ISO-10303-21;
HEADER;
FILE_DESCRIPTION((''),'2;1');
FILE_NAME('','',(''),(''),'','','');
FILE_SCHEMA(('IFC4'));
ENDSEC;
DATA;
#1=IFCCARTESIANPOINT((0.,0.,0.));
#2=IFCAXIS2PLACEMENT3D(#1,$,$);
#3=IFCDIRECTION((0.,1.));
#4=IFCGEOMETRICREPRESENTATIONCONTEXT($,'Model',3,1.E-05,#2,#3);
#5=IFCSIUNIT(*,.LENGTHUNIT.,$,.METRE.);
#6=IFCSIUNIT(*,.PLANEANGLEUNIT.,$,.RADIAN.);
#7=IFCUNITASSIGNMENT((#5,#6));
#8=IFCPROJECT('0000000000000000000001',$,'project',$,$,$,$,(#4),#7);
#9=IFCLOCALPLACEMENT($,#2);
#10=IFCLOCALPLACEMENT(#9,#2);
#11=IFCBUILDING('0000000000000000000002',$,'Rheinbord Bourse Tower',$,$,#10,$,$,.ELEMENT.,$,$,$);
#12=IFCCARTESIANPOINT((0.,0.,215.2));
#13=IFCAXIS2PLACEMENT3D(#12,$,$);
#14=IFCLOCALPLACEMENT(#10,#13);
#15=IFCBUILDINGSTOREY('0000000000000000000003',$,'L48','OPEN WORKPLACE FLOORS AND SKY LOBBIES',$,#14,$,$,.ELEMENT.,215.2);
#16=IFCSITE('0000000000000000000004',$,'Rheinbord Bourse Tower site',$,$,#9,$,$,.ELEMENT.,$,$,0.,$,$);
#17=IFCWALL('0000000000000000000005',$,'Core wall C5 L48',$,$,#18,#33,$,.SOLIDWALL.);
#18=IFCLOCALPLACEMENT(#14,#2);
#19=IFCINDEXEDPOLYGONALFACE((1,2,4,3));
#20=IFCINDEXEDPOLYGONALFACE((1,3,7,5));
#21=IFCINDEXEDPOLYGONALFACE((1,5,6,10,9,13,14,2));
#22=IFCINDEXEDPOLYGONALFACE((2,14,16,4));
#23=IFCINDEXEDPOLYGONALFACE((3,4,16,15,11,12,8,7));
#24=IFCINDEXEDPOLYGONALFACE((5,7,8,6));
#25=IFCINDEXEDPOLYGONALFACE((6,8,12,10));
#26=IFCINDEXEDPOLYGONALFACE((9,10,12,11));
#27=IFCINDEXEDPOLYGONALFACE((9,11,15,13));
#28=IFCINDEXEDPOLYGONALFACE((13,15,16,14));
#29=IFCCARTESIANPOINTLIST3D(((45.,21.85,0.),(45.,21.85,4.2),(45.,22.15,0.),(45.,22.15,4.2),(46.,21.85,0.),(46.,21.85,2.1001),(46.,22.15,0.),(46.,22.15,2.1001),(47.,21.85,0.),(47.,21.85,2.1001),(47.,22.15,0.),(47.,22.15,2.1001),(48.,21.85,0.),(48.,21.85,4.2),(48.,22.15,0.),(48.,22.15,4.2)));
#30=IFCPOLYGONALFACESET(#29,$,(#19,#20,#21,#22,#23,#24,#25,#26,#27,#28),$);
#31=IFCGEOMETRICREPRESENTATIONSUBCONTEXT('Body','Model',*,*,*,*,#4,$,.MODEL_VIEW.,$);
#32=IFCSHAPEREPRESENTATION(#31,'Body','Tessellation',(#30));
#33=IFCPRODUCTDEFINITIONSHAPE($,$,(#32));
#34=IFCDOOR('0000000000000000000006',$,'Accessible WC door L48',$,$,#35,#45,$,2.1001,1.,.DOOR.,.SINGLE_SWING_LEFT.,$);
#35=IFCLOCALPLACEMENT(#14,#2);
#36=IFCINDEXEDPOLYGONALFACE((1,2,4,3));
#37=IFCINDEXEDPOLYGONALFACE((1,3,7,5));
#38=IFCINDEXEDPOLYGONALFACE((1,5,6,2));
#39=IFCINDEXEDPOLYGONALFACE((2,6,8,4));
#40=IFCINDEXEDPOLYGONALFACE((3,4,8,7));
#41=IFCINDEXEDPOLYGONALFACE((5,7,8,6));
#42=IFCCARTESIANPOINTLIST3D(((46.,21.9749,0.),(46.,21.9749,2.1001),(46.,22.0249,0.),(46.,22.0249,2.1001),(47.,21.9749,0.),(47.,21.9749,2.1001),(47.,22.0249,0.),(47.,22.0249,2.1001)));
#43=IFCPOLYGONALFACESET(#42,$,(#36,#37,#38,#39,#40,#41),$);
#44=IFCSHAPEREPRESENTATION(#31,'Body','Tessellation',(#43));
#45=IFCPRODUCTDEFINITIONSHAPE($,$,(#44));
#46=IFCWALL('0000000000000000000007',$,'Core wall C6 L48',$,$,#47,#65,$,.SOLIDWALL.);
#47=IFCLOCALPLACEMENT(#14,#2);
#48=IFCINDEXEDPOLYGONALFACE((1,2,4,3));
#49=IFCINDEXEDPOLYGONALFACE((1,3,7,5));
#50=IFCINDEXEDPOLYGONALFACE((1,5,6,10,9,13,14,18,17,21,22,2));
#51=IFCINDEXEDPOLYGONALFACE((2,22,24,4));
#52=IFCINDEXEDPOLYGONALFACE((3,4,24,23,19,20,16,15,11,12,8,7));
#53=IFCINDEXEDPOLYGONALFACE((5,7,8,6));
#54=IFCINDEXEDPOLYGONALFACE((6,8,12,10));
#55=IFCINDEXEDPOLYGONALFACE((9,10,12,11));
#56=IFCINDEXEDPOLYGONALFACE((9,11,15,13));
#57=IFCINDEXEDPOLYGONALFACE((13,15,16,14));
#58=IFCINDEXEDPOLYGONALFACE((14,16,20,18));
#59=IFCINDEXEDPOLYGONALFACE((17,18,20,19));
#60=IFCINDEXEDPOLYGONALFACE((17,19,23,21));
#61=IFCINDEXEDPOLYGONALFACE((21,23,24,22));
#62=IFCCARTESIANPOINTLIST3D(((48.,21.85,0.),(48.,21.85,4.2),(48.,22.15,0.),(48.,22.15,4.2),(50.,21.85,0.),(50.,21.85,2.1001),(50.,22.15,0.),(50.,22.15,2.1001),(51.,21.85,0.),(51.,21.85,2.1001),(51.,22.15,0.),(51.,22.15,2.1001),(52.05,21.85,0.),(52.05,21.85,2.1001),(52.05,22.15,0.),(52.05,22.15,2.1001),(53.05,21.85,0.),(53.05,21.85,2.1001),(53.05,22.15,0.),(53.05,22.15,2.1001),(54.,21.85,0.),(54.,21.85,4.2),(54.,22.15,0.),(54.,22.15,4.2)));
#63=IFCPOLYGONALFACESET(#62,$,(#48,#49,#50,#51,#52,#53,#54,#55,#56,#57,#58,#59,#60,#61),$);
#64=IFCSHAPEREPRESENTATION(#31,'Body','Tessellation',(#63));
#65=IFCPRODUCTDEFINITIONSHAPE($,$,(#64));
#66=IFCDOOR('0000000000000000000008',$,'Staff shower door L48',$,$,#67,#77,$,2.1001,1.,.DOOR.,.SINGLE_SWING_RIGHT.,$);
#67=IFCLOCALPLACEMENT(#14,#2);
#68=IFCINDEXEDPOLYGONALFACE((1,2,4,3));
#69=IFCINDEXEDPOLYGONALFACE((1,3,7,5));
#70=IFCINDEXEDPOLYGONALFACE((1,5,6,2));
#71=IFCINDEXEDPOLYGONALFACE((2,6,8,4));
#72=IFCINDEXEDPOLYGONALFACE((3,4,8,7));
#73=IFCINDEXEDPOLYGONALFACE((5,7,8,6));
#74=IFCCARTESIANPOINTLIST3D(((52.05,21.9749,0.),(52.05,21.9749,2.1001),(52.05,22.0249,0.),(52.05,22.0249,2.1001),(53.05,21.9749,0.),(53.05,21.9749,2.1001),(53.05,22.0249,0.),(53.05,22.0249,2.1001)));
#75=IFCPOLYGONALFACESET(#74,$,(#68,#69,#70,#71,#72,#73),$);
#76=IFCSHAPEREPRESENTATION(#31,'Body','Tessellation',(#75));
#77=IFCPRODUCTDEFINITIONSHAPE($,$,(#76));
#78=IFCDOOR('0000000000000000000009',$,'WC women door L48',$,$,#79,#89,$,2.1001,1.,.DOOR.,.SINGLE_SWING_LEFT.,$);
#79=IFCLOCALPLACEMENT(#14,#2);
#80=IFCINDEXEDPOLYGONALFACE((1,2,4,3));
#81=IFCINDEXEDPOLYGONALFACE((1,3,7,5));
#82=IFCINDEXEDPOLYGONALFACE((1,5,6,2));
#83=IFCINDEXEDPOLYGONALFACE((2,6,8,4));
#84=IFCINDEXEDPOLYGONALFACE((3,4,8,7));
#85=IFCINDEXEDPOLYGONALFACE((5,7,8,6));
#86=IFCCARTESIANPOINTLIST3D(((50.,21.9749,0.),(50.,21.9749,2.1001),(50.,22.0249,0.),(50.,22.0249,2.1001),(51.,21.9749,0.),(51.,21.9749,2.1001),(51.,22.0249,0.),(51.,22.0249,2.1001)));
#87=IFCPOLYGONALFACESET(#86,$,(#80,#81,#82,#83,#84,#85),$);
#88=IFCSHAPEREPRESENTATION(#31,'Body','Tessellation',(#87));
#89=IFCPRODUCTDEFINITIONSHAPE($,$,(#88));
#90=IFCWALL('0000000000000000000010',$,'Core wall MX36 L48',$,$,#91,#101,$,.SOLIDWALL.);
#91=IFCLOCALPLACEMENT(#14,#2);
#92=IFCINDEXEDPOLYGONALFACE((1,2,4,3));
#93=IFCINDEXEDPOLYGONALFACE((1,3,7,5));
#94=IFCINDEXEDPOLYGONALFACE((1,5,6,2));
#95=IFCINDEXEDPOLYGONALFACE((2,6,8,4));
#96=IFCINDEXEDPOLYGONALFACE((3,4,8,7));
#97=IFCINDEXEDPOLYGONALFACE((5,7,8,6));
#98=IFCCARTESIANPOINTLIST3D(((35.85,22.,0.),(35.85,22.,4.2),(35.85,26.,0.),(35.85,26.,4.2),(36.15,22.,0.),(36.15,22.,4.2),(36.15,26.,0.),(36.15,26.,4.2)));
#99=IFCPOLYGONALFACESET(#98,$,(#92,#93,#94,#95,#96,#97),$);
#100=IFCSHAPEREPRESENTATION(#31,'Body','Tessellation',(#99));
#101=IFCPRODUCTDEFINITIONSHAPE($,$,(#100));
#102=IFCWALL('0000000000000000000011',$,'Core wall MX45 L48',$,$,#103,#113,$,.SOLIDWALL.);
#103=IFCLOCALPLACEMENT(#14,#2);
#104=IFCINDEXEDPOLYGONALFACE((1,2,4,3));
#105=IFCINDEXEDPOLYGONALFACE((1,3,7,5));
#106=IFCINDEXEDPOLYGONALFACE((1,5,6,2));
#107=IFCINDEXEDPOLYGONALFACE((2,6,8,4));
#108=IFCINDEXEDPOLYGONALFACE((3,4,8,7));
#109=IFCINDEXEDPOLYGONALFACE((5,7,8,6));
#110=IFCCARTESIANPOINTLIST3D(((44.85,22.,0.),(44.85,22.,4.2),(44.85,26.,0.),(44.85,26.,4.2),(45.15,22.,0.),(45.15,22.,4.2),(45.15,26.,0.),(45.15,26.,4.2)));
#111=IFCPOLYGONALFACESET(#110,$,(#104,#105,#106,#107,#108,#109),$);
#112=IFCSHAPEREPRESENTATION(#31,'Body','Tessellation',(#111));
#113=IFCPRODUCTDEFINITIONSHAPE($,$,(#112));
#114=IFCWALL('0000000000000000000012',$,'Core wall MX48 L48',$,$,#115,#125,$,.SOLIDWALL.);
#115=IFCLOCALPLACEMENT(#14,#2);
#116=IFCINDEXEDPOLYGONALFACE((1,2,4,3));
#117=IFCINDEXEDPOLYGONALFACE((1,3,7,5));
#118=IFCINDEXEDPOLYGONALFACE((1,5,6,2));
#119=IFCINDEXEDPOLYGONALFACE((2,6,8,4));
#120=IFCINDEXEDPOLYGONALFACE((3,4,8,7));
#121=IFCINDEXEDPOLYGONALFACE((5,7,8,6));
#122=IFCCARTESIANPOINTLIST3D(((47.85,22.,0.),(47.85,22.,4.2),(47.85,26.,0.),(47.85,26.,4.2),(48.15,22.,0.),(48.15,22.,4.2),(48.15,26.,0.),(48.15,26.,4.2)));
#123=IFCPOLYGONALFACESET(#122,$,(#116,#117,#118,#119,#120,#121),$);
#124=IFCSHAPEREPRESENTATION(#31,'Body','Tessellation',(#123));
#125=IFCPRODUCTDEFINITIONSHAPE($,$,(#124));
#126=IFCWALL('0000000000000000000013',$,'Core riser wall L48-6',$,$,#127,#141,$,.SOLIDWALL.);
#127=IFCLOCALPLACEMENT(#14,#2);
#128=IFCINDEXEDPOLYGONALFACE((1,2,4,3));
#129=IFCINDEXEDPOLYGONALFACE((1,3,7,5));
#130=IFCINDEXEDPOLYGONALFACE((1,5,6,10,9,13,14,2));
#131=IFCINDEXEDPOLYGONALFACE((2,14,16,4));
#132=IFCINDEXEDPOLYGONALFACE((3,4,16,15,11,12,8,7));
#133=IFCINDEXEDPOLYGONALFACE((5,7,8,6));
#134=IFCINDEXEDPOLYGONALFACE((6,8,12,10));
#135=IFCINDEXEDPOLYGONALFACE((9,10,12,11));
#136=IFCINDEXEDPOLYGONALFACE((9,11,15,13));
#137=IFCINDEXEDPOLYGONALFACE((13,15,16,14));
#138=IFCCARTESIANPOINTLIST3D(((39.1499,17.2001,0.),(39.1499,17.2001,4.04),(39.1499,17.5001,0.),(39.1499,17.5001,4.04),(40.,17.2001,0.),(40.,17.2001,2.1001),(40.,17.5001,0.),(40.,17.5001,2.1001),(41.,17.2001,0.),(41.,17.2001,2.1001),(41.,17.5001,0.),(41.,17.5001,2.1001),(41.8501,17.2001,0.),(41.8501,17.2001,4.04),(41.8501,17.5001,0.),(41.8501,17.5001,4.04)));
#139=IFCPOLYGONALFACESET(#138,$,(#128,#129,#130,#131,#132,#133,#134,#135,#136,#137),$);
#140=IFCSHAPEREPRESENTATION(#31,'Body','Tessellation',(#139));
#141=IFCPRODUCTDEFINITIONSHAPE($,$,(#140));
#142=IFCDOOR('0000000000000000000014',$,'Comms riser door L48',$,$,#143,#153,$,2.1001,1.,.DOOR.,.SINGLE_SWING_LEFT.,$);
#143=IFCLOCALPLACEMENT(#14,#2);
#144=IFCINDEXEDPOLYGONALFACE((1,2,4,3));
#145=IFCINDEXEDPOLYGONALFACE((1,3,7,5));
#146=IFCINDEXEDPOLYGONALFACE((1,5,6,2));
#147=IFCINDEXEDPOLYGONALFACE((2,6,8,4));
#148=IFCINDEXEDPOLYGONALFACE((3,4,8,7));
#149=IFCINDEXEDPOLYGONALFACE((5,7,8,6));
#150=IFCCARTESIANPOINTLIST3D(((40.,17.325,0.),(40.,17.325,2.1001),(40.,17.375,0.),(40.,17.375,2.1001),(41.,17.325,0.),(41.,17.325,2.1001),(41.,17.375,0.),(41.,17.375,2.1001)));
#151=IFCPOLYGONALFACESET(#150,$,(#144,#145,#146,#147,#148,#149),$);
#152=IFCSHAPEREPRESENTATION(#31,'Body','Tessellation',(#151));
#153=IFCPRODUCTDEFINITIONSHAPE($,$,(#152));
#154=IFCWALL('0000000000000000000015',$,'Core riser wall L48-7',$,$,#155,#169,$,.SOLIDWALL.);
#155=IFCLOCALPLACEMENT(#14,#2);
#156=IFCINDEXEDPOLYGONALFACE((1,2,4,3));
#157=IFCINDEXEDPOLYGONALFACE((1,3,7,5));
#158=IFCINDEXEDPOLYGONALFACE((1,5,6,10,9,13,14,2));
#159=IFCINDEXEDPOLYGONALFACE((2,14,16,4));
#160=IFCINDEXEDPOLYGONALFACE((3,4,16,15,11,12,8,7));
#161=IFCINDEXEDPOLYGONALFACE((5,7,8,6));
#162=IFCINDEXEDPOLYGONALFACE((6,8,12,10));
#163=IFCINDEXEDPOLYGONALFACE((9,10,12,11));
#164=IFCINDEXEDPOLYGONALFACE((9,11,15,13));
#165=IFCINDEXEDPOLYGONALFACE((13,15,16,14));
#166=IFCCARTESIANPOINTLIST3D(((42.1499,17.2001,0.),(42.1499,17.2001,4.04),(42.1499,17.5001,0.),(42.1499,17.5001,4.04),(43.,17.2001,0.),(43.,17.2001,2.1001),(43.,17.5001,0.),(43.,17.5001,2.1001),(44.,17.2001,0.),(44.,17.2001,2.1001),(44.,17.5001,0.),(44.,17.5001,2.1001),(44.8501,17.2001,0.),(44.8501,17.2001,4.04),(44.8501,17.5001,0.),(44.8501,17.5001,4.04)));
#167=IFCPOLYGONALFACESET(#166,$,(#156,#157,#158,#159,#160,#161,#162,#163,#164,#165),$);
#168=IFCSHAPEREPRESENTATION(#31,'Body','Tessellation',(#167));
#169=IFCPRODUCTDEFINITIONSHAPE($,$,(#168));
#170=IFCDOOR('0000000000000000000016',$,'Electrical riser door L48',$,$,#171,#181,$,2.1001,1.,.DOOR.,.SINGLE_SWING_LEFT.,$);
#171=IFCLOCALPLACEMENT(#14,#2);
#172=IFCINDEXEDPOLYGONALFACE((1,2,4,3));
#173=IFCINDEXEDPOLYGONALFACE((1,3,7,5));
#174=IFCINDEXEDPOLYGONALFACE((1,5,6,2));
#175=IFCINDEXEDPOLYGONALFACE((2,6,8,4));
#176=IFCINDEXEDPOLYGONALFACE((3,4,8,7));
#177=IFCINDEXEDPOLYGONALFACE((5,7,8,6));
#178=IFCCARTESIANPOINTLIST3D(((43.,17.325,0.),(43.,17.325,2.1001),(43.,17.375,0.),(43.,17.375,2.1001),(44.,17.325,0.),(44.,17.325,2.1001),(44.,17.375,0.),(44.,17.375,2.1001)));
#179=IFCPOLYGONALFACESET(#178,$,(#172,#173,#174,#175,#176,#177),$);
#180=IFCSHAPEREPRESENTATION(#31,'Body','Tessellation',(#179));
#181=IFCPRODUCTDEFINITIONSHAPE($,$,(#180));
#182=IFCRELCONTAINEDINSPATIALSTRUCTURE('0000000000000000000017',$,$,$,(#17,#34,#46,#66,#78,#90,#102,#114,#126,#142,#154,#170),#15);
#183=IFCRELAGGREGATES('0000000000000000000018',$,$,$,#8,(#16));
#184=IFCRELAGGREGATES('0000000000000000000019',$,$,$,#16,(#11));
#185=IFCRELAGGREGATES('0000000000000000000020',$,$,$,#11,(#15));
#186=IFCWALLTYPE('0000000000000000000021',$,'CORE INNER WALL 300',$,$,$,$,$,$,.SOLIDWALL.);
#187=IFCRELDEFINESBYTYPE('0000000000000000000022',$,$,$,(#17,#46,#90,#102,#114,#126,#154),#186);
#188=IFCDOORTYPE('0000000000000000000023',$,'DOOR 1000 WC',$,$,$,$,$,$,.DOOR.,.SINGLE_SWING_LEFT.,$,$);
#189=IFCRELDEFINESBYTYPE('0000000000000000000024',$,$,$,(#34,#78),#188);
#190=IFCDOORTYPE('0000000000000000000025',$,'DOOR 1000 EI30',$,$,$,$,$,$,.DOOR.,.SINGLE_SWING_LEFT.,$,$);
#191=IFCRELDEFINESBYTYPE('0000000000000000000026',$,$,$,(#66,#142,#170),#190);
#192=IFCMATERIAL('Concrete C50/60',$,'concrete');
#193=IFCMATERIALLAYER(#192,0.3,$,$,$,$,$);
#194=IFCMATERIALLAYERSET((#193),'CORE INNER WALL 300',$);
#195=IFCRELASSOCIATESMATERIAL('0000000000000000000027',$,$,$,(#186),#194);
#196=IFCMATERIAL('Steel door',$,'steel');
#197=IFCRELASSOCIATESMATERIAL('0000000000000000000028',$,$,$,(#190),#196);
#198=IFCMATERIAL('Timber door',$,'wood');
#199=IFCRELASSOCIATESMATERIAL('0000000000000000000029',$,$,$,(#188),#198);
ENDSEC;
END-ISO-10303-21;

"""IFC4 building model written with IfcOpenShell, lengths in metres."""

from ifc_helpers import new_model, si_unit, direction, frame, frame_2d, origin, place, context, subcontext, project, spatial, rectangle, extrude, material, layer, layer_set, type_object, element, fill, save


model = new_model("IFC4")

# Units and contexts
model_context = context("Model", 3, precision=1e-05, world=origin(), true_north=direction((0.0, 1.0)))
body_context = subcontext(model_context, "Body", "Model", "MODEL_VIEW")
ifc_project = project(units=[si_unit("LENGTHUNIT", "METRE"), si_unit("PLANEANGLEUNIT", "RADIAN")], contexts=[model_context])

# Site, building, storey
site_placement = place(None, origin())
site = spatial("IfcSite", under=ifc_project, at=site_placement, Name="Rheinbord Bourse Tower site", CompositionType="ELEMENT", RefElevation=0.0)
building_placement = place(site_placement, origin())
building = spatial("IfcBuilding", under=site, at=building_placement, Name="Rheinbord Bourse Tower", CompositionType="ELEMENT")
storey_placement = place(building_placement, frame((0.0, 0.0, 215.2)))
storey = spatial("IfcBuildingStorey", under=building, at=storey_placement, Name="L48", Description="OPEN WORKPLACE FLOORS AND SKY LOBBIES", CompositionType="ELEMENT", Elevation=215.2)

# Wall, opening, door
ifc_material_1 = material(Name="Concrete C50/60", Category="concrete")
ifc_layer_1 = layer(ifc_material_1, 0.3)
ifc_layer_set_1 = layer_set([ifc_layer_1], Name="CORE INNER WALL 300")
wall_type_1 = type_object("IfcWallType", Name="CORE INNER WALL 300", PredefinedType="SOLIDWALL", material=ifc_layer_set_1)
ifc_material_2 = material(Name="Steel door", Category="steel")
door_type_1 = type_object("IfcDoorType", Name="DOOR 1000 EI30", OperationType="SINGLE_SWING_LEFT", PredefinedType="DOOR", material=ifc_material_2)
wall_1_placement = place(storey_placement, frame((45.0, 22.0, 0.0), z_axis=(0.0, 0.0, 1.0), x_axis=(1.0, 0.0, 0.0)))
wall_1 = element("IfcWall", 1, at=wall_1_placement, inside=storey, type_object=wall_type_1, Name="Core wall C5 L48", PredefinedType="SOLIDWALL", context=body_context, shape_type="SweptSolid", body=[
    extrude(rectangle(XDim=3.0, YDim=0.3, at=frame_2d((1.5, 0.0))), origin(), (0.0, 0.0, 1.0), 4.2),
])
opening_1_placement = place(wall_1_placement, frame((1.0, 0.0, 0.0)))
opening_1 = element("IfcOpeningElement", 2, at=opening_1_placement, cuts=wall_1, PredefinedType="OPENING", context=body_context, shape_type="SweptSolid", body=[
    extrude(rectangle(XDim=1.0, YDim=2.1001, at=frame_2d((0.5, 1.05))), frame((0.0, 0.1599, 0.0), z_axis=(0.0, -1.0, 0.0), x_axis=(1.0, 0.0, 0.0)), (0.0, 0.0, 1.0), 0.3201),
])
ifc_material_3 = material(Name="Timber door", Category="wood")
door_type_2 = type_object("IfcDoorType", Name="DOOR 1000 WC", OperationType="SINGLE_SWING_LEFT", PredefinedType="DOOR", material=ifc_material_3)
door_1_placement = place(opening_1_placement, origin())
door_1 = element("IfcDoor", 3, at=door_1_placement, inside=storey, type_object=door_type_2, Name="Accessible WC door L48", OperationType="SINGLE_SWING_LEFT", OverallHeight=2.1001, OverallWidth=1.0, PredefinedType="DOOR", context=body_context, shape_type="SweptSolid", body=[
    extrude(rectangle(XDim=1.0, YDim=2.1001, at=frame_2d((0.5, 1.05))), frame((0.0, 0.0249, 0.0), z_axis=(0.0, -1.0, 0.0), x_axis=(1.0, 0.0, 0.0)), (0.0, 0.0, 1.0), 0.05),
])
fill(opening_1, door_1)

# Wall, openings, doors
wall_2_placement = place(storey_placement, frame((48.0, 22.0, 0.0), z_axis=(0.0, 0.0, 1.0), x_axis=(1.0, 0.0, 0.0)))
wall_2 = element("IfcWall", 4, at=wall_2_placement, inside=storey, type_object=wall_type_1, Name="Core wall C6 L48", PredefinedType="SOLIDWALL", context=body_context, shape_type="SweptSolid", body=[
    extrude(rectangle(XDim=6.0, YDim=0.3, at=frame_2d((3.0, 0.0))), origin(), (0.0, 0.0, 1.0), 4.2),
])
opening_2_placement = place(wall_2_placement, frame((2.0, 0.0, 0.0)))
opening_2 = element("IfcOpeningElement", 5, at=opening_2_placement, cuts=wall_2, PredefinedType="OPENING", context=body_context, shape_type="SweptSolid", body=[
    extrude(rectangle(XDim=1.0, YDim=2.1001, at=frame_2d((0.5, 1.05))), frame((0.0, 0.1599, 0.0), z_axis=(0.0, -1.0, 0.0), x_axis=(1.0, 0.0, 0.0)), (0.0, 0.0, 1.0), 0.3201),
])
opening_3_placement = place(wall_2_placement, frame((4.05, 0.0, 0.0)))
opening_3 = element("IfcOpeningElement", 6, at=opening_3_placement, cuts=wall_2, PredefinedType="OPENING", context=body_context, shape_type="SweptSolid", body=[
    extrude(rectangle(XDim=1.0, YDim=2.1001, at=frame_2d((0.5, 1.05))), frame((0.0, 0.1599, 0.0), z_axis=(0.0, -1.0, 0.0), x_axis=(1.0, 0.0, 0.0)), (0.0, 0.0, 1.0), 0.3201),
])
door_2_placement = place(opening_3_placement, origin())
door_2 = element("IfcDoor", 7, at=door_2_placement, inside=storey, type_object=door_type_1, Name="Staff shower door L48", OperationType="SINGLE_SWING_RIGHT", OverallHeight=2.1001, OverallWidth=1.0, PredefinedType="DOOR", context=body_context, shape_type="SweptSolid", body=[
    extrude(rectangle(XDim=1.0, YDim=2.1001, at=frame_2d((0.5, 1.05))), frame((0.0, 0.0249, 0.0), z_axis=(0.0, -1.0, 0.0), x_axis=(1.0, 0.0, 0.0)), (0.0, 0.0, 1.0), 0.05),
])
fill(opening_3, door_2)
door_3_placement = place(opening_2_placement, origin())
door_3 = element("IfcDoor", 8, at=door_3_placement, inside=storey, type_object=door_type_2, Name="WC women door L48", OperationType="SINGLE_SWING_LEFT", OverallHeight=2.1001, OverallWidth=1.0, PredefinedType="DOOR", context=body_context, shape_type="SweptSolid", body=[
    extrude(rectangle(XDim=1.0, YDim=2.1001, at=frame_2d((0.5, 1.05))), frame((0.0, 0.0249, 0.0), z_axis=(0.0, -1.0, 0.0), x_axis=(1.0, 0.0, 0.0)), (0.0, 0.0, 1.0), 0.05),
])
fill(opening_2, door_3)

# Walls
for number, where, z_axis, x_axis, name in (
    (9, (36.0, 22.0, 0.0), (0.0, 0.0, 1.0), (0.0, 1.0, 0.0), "Core wall MX36 L48"),
    (10, (45.0, 22.0, 0.0), (0.0, 0.0, 1.0), (0.0, 1.0, 0.0), "Core wall MX45 L48"),
    (11, (48.0, 22.0, 0.0), (0.0, 0.0, 1.0), (0.0, 1.0, 0.0), "Core wall MX48 L48"),
):
    element("IfcWall", number, at=place(storey_placement, frame(where, z_axis=z_axis, x_axis=x_axis)), inside=storey, type_object=wall_type_1, Name=name, PredefinedType="SOLIDWALL", context=body_context, shape_type="SweptSolid", body=[
        extrude(rectangle(XDim=4.0, YDim=0.3, at=frame_2d((2.0, 0.0))), origin(), (0.0, 0.0, 1.0), 4.2),
    ])

# Walls, openings, doors
wall_3_placement = place(storey_placement, frame((39.1499, 17.3501, 0.0), z_axis=(0.0, 0.0, 1.0), x_axis=(1.0, 0.0, 0.0)))
wall_3 = element("IfcWall", 12, at=wall_3_placement, inside=storey, type_object=wall_type_1, Name="Core riser wall L48-6", PredefinedType="SOLIDWALL", context=body_context, shape_type="SweptSolid", body=[
    extrude(rectangle(XDim=2.7002, YDim=0.3, at=frame_2d((1.3501, 0.0))), origin(), (0.0, 0.0, 1.0), 4.04),
])
opening_4_placement = place(wall_3_placement, frame((0.8501, 0.0, 0.0)))
opening_4 = element("IfcOpeningElement", 13, at=opening_4_placement, cuts=wall_3, PredefinedType="OPENING", context=body_context, shape_type="SweptSolid", body=[
    extrude(rectangle(XDim=1.0, YDim=2.1001, at=frame_2d((0.5, 1.05))), frame((0.0, 0.1599, 0.0), z_axis=(0.0, -1.0, 0.0), x_axis=(1.0, 0.0, 0.0)), (0.0, 0.0, 1.0), 0.3201),
])
door_4_placement = place(opening_4_placement, origin())
door_4 = element("IfcDoor", 14, at=door_4_placement, inside=storey, type_object=door_type_1, Name="Comms riser door L48", OperationType="SINGLE_SWING_LEFT", OverallHeight=2.1001, OverallWidth=1.0, PredefinedType="DOOR", context=body_context, shape_type="SweptSolid", body=[
    extrude(rectangle(XDim=1.0, YDim=2.1001, at=frame_2d((0.5, 1.05))), frame((0.0, 0.0249, 0.0), z_axis=(0.0, -1.0, 0.0), x_axis=(1.0, 0.0, 0.0)), (0.0, 0.0, 1.0), 0.05),
])
fill(opening_4, door_4)
wall_4_placement = place(storey_placement, frame((42.1499, 17.3501, 0.0), z_axis=(0.0, 0.0, 1.0), x_axis=(1.0, 0.0, 0.0)))
wall_4 = element("IfcWall", 15, at=wall_4_placement, inside=storey, type_object=wall_type_1, Name="Core riser wall L48-7", PredefinedType="SOLIDWALL", context=body_context, shape_type="SweptSolid", body=[
    extrude(rectangle(XDim=2.7002, YDim=0.3, at=frame_2d((1.3501, 0.0))), origin(), (0.0, 0.0, 1.0), 4.04),
])
opening_5_placement = place(wall_4_placement, frame((0.8501, 0.0, 0.0)))
opening_5 = element("IfcOpeningElement", 16, at=opening_5_placement, cuts=wall_4, PredefinedType="OPENING", context=body_context, shape_type="SweptSolid", body=[
    extrude(rectangle(XDim=1.0, YDim=2.1001, at=frame_2d((0.5, 1.05))), frame((0.0, 0.1599, 0.0), z_axis=(0.0, -1.0, 0.0), x_axis=(1.0, 0.0, 0.0)), (0.0, 0.0, 1.0), 0.3201),
])
door_5_placement = place(opening_5_placement, origin())
door_5 = element("IfcDoor", 17, at=door_5_placement, inside=storey, type_object=door_type_1, Name="Electrical riser door L48", OperationType="SINGLE_SWING_LEFT", OverallHeight=2.1001, OverallWidth=1.0, PredefinedType="DOOR", context=body_context, shape_type="SweptSolid", body=[
    extrude(rectangle(XDim=1.0, YDim=2.1001, at=frame_2d((0.5, 1.05))), frame((0.0, 0.0249, 0.0), z_axis=(0.0, -1.0, 0.0), x_axis=(1.0, 0.0, 0.0)), (0.0, 0.0, 1.0), 0.05),
])
fill(opening_5, door_5)

save(model, "model.ifc")
